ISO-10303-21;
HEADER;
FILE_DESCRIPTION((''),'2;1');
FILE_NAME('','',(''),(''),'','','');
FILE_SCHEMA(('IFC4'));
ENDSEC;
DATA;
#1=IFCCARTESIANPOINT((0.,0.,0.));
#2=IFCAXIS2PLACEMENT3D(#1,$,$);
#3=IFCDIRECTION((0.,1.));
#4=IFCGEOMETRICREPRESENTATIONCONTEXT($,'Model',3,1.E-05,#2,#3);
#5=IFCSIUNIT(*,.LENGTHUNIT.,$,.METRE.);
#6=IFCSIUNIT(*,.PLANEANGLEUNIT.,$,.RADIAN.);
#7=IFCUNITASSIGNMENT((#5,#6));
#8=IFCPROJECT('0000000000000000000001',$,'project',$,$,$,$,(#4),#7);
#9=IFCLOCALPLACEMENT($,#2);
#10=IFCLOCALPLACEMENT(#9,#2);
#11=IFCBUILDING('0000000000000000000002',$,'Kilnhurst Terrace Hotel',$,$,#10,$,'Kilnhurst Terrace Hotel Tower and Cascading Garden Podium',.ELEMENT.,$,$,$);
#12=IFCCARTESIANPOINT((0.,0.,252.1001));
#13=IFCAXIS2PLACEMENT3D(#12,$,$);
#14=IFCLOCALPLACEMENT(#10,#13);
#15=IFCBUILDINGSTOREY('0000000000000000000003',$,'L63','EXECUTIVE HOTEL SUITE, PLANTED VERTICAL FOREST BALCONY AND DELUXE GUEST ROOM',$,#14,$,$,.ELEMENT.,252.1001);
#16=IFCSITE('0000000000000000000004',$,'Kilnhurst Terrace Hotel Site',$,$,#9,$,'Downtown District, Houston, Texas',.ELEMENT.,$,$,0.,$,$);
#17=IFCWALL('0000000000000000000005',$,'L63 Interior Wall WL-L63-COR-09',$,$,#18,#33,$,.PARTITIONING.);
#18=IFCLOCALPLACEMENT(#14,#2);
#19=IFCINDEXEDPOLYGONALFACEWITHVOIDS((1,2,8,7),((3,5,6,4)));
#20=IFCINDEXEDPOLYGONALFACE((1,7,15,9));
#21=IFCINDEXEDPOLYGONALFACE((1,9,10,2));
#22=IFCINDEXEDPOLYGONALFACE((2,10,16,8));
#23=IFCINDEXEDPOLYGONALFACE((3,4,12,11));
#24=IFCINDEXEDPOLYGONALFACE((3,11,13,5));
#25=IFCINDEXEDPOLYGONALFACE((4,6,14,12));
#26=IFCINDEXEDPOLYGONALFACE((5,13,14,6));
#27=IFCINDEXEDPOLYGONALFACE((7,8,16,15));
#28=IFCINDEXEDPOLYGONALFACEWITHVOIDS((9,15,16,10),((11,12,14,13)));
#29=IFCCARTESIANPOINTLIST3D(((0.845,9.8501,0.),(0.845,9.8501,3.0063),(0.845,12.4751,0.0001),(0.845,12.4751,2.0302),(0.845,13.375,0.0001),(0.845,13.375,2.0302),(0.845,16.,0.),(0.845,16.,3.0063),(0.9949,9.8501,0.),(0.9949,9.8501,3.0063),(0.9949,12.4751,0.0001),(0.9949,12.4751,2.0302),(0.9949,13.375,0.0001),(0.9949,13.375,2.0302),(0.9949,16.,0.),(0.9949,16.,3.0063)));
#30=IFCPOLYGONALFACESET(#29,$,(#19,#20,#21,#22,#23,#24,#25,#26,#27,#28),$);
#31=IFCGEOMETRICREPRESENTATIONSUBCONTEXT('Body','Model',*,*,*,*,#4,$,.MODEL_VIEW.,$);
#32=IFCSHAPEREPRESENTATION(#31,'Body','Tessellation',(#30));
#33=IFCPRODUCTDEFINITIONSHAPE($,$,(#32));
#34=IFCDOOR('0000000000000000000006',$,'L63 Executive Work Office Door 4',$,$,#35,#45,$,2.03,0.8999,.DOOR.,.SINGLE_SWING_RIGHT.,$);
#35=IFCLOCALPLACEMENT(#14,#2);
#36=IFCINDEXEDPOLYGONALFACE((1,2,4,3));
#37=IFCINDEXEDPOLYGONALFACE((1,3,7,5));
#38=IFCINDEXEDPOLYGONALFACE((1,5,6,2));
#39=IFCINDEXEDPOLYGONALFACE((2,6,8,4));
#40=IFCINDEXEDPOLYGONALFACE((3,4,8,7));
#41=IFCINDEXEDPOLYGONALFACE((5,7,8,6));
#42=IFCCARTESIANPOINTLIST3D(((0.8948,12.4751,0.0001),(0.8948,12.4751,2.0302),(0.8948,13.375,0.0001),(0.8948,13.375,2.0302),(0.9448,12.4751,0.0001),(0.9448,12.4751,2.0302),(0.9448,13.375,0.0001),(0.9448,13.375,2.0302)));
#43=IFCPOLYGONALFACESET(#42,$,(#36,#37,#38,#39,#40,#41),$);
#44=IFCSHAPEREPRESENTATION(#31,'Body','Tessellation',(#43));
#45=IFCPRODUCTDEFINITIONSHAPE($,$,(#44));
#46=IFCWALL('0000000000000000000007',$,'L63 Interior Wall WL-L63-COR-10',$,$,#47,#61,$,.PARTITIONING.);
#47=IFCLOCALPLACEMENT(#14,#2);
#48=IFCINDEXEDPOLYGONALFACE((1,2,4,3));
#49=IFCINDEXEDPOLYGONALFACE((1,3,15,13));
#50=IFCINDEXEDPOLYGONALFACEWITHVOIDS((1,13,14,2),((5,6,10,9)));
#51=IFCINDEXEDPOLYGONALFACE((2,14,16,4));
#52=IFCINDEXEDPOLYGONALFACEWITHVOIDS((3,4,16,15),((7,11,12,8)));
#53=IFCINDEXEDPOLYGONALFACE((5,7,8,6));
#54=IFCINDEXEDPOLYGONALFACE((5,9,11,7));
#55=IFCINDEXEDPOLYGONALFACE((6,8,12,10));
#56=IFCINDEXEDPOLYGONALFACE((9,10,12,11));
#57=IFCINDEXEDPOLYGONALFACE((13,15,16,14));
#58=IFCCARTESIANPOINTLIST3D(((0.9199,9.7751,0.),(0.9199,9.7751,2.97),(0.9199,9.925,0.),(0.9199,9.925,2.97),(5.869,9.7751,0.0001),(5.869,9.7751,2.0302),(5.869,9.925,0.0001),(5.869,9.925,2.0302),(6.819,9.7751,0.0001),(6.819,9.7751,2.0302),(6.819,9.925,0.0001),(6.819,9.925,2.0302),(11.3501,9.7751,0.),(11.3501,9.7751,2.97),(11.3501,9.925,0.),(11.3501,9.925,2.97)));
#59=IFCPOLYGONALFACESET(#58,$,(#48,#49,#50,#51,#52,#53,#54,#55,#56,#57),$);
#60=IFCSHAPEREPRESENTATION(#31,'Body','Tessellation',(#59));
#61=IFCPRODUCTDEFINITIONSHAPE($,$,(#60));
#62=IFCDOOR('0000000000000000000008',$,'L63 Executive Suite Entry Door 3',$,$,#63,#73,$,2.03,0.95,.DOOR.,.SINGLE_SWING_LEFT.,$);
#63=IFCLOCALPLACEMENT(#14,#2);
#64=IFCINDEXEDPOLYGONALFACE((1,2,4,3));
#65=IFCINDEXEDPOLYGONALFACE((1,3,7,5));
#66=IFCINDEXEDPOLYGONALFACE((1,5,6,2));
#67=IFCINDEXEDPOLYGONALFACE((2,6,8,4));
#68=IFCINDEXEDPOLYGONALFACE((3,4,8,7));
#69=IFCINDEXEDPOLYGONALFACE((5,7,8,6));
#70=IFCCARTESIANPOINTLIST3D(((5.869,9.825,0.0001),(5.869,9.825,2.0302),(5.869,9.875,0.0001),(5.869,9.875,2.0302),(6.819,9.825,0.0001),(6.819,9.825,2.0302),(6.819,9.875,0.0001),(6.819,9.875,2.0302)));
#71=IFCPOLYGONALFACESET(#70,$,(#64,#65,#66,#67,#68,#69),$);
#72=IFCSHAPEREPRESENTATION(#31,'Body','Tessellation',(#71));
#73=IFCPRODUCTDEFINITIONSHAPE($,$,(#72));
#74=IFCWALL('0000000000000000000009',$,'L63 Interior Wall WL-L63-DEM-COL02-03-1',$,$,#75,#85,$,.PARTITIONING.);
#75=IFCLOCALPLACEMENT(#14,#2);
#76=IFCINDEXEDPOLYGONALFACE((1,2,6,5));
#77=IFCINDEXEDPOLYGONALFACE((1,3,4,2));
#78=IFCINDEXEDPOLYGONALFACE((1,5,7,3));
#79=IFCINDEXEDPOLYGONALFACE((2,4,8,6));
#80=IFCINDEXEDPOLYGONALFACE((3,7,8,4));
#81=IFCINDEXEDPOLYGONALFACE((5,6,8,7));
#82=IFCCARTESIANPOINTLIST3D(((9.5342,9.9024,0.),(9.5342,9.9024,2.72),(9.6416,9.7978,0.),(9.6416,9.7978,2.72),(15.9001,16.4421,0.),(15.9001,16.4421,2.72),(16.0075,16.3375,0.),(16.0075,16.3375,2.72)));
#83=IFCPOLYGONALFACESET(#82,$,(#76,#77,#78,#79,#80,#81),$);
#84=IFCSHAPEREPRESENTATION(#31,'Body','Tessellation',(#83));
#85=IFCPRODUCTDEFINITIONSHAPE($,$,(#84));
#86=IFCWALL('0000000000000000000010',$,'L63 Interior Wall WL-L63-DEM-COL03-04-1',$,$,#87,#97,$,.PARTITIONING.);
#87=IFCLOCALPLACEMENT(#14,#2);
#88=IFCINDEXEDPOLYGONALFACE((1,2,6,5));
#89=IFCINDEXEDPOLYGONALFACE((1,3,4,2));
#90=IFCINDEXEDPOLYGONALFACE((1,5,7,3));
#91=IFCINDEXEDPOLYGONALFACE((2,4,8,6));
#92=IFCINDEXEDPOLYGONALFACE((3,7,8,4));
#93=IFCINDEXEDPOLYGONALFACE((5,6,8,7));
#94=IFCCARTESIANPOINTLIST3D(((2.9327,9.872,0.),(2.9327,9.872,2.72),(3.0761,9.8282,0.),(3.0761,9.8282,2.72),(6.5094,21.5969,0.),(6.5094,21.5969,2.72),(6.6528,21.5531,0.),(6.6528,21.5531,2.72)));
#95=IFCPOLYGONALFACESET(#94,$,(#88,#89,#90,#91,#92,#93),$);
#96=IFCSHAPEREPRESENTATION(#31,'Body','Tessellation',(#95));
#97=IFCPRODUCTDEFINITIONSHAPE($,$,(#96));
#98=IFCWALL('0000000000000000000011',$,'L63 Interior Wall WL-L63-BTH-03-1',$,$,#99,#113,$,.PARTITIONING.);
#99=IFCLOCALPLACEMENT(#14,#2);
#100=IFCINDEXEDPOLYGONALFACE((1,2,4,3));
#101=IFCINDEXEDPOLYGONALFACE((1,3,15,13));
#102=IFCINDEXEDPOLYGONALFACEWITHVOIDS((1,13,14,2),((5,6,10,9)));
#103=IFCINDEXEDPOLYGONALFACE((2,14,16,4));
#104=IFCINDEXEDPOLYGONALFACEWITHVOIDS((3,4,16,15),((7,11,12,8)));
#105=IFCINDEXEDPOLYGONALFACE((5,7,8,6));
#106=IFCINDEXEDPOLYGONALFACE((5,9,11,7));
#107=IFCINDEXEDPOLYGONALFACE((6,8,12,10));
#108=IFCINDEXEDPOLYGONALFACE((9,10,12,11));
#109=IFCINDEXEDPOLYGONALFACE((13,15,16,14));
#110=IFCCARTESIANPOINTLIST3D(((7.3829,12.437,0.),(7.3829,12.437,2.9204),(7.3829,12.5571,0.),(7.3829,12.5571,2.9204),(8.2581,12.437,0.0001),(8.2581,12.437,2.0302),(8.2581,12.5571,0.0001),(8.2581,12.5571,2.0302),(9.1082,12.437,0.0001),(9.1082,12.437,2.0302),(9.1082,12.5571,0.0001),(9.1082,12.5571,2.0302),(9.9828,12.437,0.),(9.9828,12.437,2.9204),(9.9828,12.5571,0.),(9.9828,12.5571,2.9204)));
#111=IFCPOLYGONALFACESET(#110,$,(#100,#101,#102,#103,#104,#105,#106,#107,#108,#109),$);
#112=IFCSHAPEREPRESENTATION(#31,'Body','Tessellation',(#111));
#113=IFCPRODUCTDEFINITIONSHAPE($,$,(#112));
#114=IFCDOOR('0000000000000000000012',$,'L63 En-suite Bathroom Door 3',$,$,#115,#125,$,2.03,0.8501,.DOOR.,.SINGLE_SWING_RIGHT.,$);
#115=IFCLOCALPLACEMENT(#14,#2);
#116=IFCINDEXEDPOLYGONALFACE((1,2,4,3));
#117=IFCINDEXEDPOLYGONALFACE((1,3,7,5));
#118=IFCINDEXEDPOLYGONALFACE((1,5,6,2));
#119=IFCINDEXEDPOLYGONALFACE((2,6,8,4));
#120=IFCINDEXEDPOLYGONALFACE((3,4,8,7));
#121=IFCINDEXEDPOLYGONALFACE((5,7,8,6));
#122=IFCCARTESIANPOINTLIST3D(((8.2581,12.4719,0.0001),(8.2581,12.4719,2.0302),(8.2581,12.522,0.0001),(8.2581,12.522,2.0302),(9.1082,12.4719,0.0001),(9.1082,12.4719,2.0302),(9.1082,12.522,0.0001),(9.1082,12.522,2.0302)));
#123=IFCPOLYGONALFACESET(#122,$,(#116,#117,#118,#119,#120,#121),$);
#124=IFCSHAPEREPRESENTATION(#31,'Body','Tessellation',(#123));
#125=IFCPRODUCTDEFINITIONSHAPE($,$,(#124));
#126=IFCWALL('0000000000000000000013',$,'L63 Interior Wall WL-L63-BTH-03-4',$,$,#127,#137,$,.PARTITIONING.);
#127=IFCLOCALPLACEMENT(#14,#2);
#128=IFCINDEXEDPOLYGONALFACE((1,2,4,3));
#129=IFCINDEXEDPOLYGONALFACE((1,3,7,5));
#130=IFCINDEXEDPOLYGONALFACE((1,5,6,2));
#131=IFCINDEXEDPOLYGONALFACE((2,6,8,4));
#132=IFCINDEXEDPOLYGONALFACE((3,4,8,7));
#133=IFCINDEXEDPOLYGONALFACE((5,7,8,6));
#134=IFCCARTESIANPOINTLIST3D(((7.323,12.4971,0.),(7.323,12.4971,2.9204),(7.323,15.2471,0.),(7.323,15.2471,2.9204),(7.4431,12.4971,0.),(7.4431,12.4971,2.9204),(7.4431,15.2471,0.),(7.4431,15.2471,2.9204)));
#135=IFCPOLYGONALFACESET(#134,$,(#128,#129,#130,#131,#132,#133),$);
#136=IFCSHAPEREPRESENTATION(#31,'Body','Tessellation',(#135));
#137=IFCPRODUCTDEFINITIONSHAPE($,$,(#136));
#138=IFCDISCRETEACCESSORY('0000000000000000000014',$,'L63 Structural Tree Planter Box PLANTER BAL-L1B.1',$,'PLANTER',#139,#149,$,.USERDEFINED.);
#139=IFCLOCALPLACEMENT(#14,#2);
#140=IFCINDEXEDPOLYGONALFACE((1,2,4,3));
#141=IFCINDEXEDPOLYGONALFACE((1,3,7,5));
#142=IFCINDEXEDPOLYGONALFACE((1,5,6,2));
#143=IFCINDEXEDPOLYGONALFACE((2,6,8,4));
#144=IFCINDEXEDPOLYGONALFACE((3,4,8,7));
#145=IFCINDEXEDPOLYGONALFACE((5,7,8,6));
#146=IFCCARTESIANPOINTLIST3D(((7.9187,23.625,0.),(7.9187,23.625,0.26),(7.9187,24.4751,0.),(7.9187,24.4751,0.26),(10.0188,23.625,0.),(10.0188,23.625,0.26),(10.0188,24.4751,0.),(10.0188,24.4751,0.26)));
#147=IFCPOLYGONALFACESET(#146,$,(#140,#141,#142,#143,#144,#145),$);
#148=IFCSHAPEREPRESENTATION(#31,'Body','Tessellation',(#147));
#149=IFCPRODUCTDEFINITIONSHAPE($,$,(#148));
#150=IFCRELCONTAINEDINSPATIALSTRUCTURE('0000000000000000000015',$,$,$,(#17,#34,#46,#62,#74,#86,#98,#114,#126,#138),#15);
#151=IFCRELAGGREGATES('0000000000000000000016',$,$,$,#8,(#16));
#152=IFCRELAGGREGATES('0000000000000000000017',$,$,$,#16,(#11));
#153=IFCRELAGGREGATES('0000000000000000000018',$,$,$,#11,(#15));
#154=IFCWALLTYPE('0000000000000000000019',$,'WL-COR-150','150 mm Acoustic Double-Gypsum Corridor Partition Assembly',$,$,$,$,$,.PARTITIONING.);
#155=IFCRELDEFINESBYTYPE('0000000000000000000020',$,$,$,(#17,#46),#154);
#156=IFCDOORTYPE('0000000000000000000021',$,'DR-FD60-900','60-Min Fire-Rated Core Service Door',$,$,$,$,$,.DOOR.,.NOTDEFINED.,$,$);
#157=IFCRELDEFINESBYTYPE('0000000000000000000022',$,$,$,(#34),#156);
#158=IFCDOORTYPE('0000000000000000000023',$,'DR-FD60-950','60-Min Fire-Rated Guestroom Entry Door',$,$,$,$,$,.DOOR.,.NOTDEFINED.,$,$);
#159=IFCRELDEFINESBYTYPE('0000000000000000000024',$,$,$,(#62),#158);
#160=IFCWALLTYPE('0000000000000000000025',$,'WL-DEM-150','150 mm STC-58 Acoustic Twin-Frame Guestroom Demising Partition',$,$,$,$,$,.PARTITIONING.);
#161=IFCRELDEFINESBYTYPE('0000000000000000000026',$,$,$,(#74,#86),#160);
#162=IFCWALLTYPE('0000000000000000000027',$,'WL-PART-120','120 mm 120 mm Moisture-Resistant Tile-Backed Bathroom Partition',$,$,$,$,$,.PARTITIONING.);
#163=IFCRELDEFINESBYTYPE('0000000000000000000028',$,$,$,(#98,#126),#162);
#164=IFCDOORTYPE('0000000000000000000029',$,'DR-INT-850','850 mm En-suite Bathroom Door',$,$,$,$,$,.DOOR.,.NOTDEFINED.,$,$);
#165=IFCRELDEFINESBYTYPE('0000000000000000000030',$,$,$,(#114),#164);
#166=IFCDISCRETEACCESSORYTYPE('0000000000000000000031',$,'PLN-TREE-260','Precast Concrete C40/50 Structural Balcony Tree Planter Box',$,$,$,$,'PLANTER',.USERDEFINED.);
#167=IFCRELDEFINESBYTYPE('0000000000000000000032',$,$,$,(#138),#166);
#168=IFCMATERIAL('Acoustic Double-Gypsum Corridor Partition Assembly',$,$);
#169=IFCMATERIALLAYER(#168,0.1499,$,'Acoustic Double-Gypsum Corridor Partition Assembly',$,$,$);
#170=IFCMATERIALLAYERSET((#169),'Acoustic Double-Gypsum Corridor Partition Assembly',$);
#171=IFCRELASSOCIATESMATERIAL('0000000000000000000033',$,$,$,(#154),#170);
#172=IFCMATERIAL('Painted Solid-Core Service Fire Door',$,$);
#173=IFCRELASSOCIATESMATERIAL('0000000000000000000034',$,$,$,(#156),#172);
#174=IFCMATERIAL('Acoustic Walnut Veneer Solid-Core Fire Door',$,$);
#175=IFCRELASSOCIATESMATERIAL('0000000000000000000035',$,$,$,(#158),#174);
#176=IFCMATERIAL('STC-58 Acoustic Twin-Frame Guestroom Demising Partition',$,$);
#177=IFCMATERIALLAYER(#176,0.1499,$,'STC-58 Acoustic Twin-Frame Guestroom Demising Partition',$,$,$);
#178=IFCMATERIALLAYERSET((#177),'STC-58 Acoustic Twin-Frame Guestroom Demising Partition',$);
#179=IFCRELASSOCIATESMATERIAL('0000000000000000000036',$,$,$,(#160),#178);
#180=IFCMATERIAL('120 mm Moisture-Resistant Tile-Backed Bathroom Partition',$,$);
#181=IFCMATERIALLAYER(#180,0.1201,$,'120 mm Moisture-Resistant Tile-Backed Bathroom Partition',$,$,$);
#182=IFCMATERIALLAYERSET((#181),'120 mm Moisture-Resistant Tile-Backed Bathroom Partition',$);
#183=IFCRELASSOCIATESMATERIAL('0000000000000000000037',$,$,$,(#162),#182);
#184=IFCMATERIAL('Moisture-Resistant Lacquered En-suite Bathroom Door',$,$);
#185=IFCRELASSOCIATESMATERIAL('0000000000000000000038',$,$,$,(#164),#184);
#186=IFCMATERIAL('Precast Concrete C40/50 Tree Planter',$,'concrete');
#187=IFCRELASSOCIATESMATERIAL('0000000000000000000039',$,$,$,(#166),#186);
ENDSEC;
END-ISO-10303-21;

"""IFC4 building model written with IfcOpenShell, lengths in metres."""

from ifc_helpers import new_model, si_unit, direction, frame, frame_2d, origin, origin_2d, place, context, subcontext, project, spatial, rectangle, extrude, material, layer, layer_set, type_object, element, fill, save


model = new_model("IFC4")

# Units and contexts
model_context = context("Model", 3, precision=1e-05, world=origin(), true_north=direction((0.0, 1.0)))
body_context = subcontext(model_context, "Body", "Model", "MODEL_VIEW")
ifc_project = project(units=[si_unit("LENGTHUNIT", "METRE"), si_unit("PLANEANGLEUNIT", "RADIAN")], contexts=[model_context])

# Site, building, storey
site_placement = place(None, origin())
site = spatial("IfcSite", under=ifc_project, at=site_placement, Name="Kilnhurst Terrace Hotel Site", LongName="Downtown District, Houston, Texas", CompositionType="ELEMENT", RefElevation=0.0)
building_placement = place(site_placement, origin())
building = spatial("IfcBuilding", under=site, at=building_placement, Name="Kilnhurst Terrace Hotel", LongName="Kilnhurst Terrace Hotel Tower and Cascading Garden Podium", CompositionType="ELEMENT")
storey_placement = place(building_placement, frame((0.0, 0.0, 252.1001)))
storey = spatial("IfcBuildingStorey", under=building, at=storey_placement, Name="L63", Description="EXECUTIVE HOTEL SUITE, PLANTED VERTICAL FOREST BALCONY AND DELUXE GUEST ROOM", CompositionType="ELEMENT", Elevation=252.1001)

# Walls, openings, doors
ifc_material_1 = material(Name="Acoustic Double-Gypsum Corridor Partition Assembly")
ifc_layer_1 = layer(ifc_material_1, 0.1499, Name="Acoustic Double-Gypsum Corridor Partition Assembly")
ifc_layer_set_1 = layer_set([ifc_layer_1], Name="Acoustic Double-Gypsum Corridor Partition Assembly")
wall_type_1 = type_object("IfcWallType", Name="WL-COR-150", Description="150 mm Acoustic Double-Gypsum Corridor Partition Assembly", PredefinedType="PARTITIONING", material=ifc_layer_set_1)
wall_1_placement = place(storey_placement, frame((0.9199, 16.0, 0.0), z_axis=(0.0, 0.0, 1.0), x_axis=(0.0, -1.0, 0.0)))
wall_1 = element("IfcWall", 1, at=wall_1_placement, inside=storey, type_object=wall_type_1, Name="L63 Interior Wall WL-L63-COR-09", PredefinedType="PARTITIONING", context=body_context, shape_type="SweptSolid", body=[
    extrude(rectangle(XDim=6.1499, YDim=0.1499, at=frame_2d((3.075, 0.0))), origin(), (0.0, 0.0, 1.0), 3.0063),
])
opening_1_placement = place(wall_1_placement, frame((2.625, 0.0, 0.0)))
opening_1 = element("IfcOpeningElement", 2, at=opening_1_placement, cuts=wall_1, PredefinedType="OPENING", context=body_context, shape_type="SweptSolid", body=[
    extrude(rectangle(XDim=0.8999, YDim=2.03, at=frame_2d((0.45, 1.0151))), frame((0.0, 0.085, 0.0), z_axis=(0.0, -1.0, 0.0), x_axis=(1.0, 0.0, 0.0)), (0.0, 0.0, 1.0), 0.1699),
])
ifc_material_2 = material(Name="Painted Solid-Core Service Fire Door")
door_type_1 = type_object("IfcDoorType", Name="DR-FD60-900", Description="60-Min Fire-Rated Core Service Door", OperationType="NOTDEFINED", PredefinedType="DOOR", material=ifc_material_2)
door_1_placement = place(opening_1_placement, origin())
door_1 = element("IfcDoor", 3, at=door_1_placement, inside=storey, type_object=door_type_1, Name="L63 Executive Work Office Door 4", OperationType="SINGLE_SWING_RIGHT", OverallHeight=2.03, OverallWidth=0.8999, PredefinedType="DOOR", context=body_context, shape_type="SweptSolid", body=[
    extrude(rectangle(XDim=0.8999, YDim=2.03, at=frame_2d((0.45, 1.0151))), frame((0.0, 0.0249, 0.0), z_axis=(0.0, -1.0, 0.0), x_axis=(1.0, 0.0, 0.0)), (0.0, 0.0, 1.0), 0.05),
])
fill(opening_1, door_1)
wall_2_placement = place(storey_placement, frame((0.9199, 9.8501, 0.0), z_axis=(0.0, 0.0, 1.0), x_axis=(1.0, 0.0, 0.0)))
wall_2 = element("IfcWall", 4, at=wall_2_placement, inside=storey, type_object=wall_type_1, Name="L63 Interior Wall WL-L63-COR-10", PredefinedType="PARTITIONING", context=body_context, shape_type="SweptSolid", body=[
    extrude(rectangle(XDim=10.4302, YDim=0.1499, at=frame_2d((5.2151, 0.0))), origin(), (0.0, 0.0, 1.0), 2.97),
])
opening_2_placement = place(wall_2_placement, frame((4.949, 0.0, 0.0)))
opening_2 = element("IfcOpeningElement", 5, at=opening_2_placement, cuts=wall_2, PredefinedType="OPENING", context=body_context, shape_type="SweptSolid", body=[
    extrude(rectangle(XDim=0.95, YDim=2.03, at=frame_2d((0.4751, 1.0151))), frame((0.0, 0.085, 0.0), z_axis=(0.0, -1.0, 0.0), x_axis=(1.0, 0.0, 0.0)), (0.0, 0.0, 1.0), 0.1699),
])
ifc_material_3 = material(Name="Acoustic Walnut Veneer Solid-Core Fire Door")
door_type_2 = type_object("IfcDoorType", Name="DR-FD60-950", Description="60-Min Fire-Rated Guestroom Entry Door", OperationType="NOTDEFINED", PredefinedType="DOOR", material=ifc_material_3)
door_2_placement = place(opening_2_placement, origin())
door_2 = element("IfcDoor", 6, at=door_2_placement, inside=storey, type_object=door_type_2, Name="L63 Executive Suite Entry Door 3", OperationType="SINGLE_SWING_LEFT", OverallHeight=2.03, OverallWidth=0.95, PredefinedType="DOOR", context=body_context, shape_type="SweptSolid", body=[
    extrude(rectangle(XDim=0.95, YDim=2.03, at=frame_2d((0.4751, 1.0151))), frame((0.0, 0.0249, 0.0), z_axis=(0.0, -1.0, 0.0), x_axis=(1.0, 0.0, 0.0)), (0.0, 0.0, 1.0), 0.05),
])
fill(opening_2, door_2)

# Walls
ifc_material_4 = material(Name="STC-58 Acoustic Twin-Frame Guestroom Demising Partition")
ifc_layer_2 = layer(ifc_material_4, 0.1499, Name="STC-58 Acoustic Twin-Frame Guestroom Demising Partition")
ifc_layer_set_2 = layer_set([ifc_layer_2], Name="STC-58 Acoustic Twin-Frame Guestroom Demising Partition")
wall_type_2 = type_object("IfcWallType", Name="WL-DEM-150", Description="150 mm STC-58 Acoustic Twin-Frame Guestroom Demising Partition", PredefinedType="PARTITIONING", material=ifc_layer_set_2)
wall_3_placement = place(storey_placement, frame((9.5879, 9.8501, 0.0), z_axis=(0.0, 0.0, 1.0), x_axis=(0.697519, 0.716566, 0.0)))
element("IfcWall", 7, at=wall_3_placement, inside=storey, type_object=wall_type_2, Name="L63 Interior Wall WL-L63-DEM-COL02-03-1", PredefinedType="PARTITIONING", context=body_context, shape_type="SweptSolid", body=[
    extrude(rectangle(XDim=9.1265, YDim=0.1499, at=frame_2d((4.5632, 0.0))), origin(), (0.0, 0.0, 1.0), 2.72),
])
wall_4_placement = place(storey_placement, frame((3.0044, 9.8501, 0.0), z_axis=(0.0, 0.0, 1.0), x_axis=(0.291776, 0.956487, 0.0)))
element("IfcWall", 8, at=wall_4_placement, inside=storey, type_object=wall_type_2, Name="L63 Interior Wall WL-L63-DEM-COL03-04-1", PredefinedType="PARTITIONING", context=body_context, shape_type="SweptSolid", body=[
    extrude(rectangle(XDim=12.2583, YDim=0.1499, at=frame_2d((6.1292, 0.0))), origin(), (0.0, 0.0, 1.0), 2.72),
])

# Wall, opening, door
ifc_material_5 = material(Name="120 mm Moisture-Resistant Tile-Backed Bathroom Partition")
ifc_layer_3 = layer(ifc_material_5, 0.1201, Name="120 mm Moisture-Resistant Tile-Backed Bathroom Partition")
ifc_layer_set_3 = layer_set([ifc_layer_3], Name="120 mm Moisture-Resistant Tile-Backed Bathroom Partition")
wall_type_3 = type_object("IfcWallType", Name="WL-PART-120", Description="120 mm 120 mm Moisture-Resistant Tile-Backed Bathroom Partition", PredefinedType="PARTITIONING", material=ifc_layer_set_3)
wall_5_placement = place(storey_placement, frame((7.3831, 12.4971, 0.0), z_axis=(0.0, 0.0, 1.0), x_axis=(1.0, 0.0, 0.0)))
wall_5 = element("IfcWall", 9, at=wall_5_placement, inside=storey, type_object=wall_type_3, Name="L63 Interior Wall WL-L63-BTH-03-1", PredefinedType="PARTITIONING", context=body_context, shape_type="SweptSolid", body=[
    extrude(rectangle(XDim=2.5999, YDim=0.1201, at=frame_2d((1.2998, 0.0))), origin(), (0.0, 0.0, 1.0), 2.9204),
])
opening_3_placement = place(wall_5_placement, frame((0.875, 0.0, 0.0)))
opening_3 = element("IfcOpeningElement", 10, at=opening_3_placement, cuts=wall_5, PredefinedType="OPENING", context=body_context, shape_type="SweptSolid", body=[
    extrude(rectangle(XDim=0.8501, YDim=2.03, at=frame_2d((0.425, 1.0151))), frame((0.0, 0.0701, 0.0), z_axis=(0.0, -1.0, 0.0), x_axis=(1.0, 0.0, 0.0)), (0.0, 0.0, 1.0), 0.1401),
])
ifc_material_6 = material(Name="Moisture-Resistant Lacquered En-suite Bathroom Door")
door_type_3 = type_object("IfcDoorType", Name="DR-INT-850", Description="850 mm En-suite Bathroom Door", OperationType="NOTDEFINED", PredefinedType="DOOR", material=ifc_material_6)
door_3_placement = place(opening_3_placement, origin())
door_3 = element("IfcDoor", 11, at=door_3_placement, inside=storey, type_object=door_type_3, Name="L63 En-suite Bathroom Door 3", OperationType="SINGLE_SWING_RIGHT", OverallHeight=2.03, OverallWidth=0.8501, PredefinedType="DOOR", context=body_context, shape_type="SweptSolid", body=[
    extrude(rectangle(XDim=0.8501, YDim=2.03, at=frame_2d((0.425, 1.0151))), frame((0.0, 0.0249, 0.0), z_axis=(0.0, -1.0, 0.0), x_axis=(1.0, 0.0, 0.0)), (0.0, 0.0, 1.0), 0.05),
])
fill(opening_3, door_3)

# Wall
wall_6_placement = place(storey_placement, frame((7.3831, 15.2471, 0.0), z_axis=(0.0, 0.0, 1.0), x_axis=(0.0, -1.0, 0.0)))
element("IfcWall", 12, at=wall_6_placement, inside=storey, type_object=wall_type_3, Name="L63 Interior Wall WL-L63-BTH-03-4", PredefinedType="PARTITIONING", context=body_context, shape_type="SweptSolid", body=[
    extrude(rectangle(XDim=2.75, YDim=0.1201, at=frame_2d((1.375, 0.0))), origin(), (0.0, 0.0, 1.0), 2.9204),
])

# Discrete accessory
ifc_material_7 = material(Name="Precast Concrete C40/50 Tree Planter", Category="concrete")
discrete_accessory_type = type_object("IfcDiscreteAccessoryType", Name="PLN-TREE-260", Description="Precast Concrete C40/50 Structural Balcony Tree Planter Box", ElementType="PLANTER", PredefinedType="USERDEFINED", material=ifc_material_7)
discrete_accessory_placement = place(storey_placement, frame((8.9688, 24.05, 0.0), z_axis=(0.0, 0.0, 1.0), x_axis=(-1.0, 0.0, 0.0)))
element("IfcDiscreteAccessory", 13, at=discrete_accessory_placement, inside=storey, type_object=discrete_accessory_type, Name="L63 Structural Tree Planter Box PLANTER BAL-L1B.1", ObjectType="PLANTER", PredefinedType="USERDEFINED", context=body_context, shape_type="SweptSolid", body=[
    extrude(rectangle(XDim=2.1001, YDim=0.8501, at=origin_2d()), origin(), (0.0, 0.0, 1.0), 0.26),
])

save(model, "model.ifc")
